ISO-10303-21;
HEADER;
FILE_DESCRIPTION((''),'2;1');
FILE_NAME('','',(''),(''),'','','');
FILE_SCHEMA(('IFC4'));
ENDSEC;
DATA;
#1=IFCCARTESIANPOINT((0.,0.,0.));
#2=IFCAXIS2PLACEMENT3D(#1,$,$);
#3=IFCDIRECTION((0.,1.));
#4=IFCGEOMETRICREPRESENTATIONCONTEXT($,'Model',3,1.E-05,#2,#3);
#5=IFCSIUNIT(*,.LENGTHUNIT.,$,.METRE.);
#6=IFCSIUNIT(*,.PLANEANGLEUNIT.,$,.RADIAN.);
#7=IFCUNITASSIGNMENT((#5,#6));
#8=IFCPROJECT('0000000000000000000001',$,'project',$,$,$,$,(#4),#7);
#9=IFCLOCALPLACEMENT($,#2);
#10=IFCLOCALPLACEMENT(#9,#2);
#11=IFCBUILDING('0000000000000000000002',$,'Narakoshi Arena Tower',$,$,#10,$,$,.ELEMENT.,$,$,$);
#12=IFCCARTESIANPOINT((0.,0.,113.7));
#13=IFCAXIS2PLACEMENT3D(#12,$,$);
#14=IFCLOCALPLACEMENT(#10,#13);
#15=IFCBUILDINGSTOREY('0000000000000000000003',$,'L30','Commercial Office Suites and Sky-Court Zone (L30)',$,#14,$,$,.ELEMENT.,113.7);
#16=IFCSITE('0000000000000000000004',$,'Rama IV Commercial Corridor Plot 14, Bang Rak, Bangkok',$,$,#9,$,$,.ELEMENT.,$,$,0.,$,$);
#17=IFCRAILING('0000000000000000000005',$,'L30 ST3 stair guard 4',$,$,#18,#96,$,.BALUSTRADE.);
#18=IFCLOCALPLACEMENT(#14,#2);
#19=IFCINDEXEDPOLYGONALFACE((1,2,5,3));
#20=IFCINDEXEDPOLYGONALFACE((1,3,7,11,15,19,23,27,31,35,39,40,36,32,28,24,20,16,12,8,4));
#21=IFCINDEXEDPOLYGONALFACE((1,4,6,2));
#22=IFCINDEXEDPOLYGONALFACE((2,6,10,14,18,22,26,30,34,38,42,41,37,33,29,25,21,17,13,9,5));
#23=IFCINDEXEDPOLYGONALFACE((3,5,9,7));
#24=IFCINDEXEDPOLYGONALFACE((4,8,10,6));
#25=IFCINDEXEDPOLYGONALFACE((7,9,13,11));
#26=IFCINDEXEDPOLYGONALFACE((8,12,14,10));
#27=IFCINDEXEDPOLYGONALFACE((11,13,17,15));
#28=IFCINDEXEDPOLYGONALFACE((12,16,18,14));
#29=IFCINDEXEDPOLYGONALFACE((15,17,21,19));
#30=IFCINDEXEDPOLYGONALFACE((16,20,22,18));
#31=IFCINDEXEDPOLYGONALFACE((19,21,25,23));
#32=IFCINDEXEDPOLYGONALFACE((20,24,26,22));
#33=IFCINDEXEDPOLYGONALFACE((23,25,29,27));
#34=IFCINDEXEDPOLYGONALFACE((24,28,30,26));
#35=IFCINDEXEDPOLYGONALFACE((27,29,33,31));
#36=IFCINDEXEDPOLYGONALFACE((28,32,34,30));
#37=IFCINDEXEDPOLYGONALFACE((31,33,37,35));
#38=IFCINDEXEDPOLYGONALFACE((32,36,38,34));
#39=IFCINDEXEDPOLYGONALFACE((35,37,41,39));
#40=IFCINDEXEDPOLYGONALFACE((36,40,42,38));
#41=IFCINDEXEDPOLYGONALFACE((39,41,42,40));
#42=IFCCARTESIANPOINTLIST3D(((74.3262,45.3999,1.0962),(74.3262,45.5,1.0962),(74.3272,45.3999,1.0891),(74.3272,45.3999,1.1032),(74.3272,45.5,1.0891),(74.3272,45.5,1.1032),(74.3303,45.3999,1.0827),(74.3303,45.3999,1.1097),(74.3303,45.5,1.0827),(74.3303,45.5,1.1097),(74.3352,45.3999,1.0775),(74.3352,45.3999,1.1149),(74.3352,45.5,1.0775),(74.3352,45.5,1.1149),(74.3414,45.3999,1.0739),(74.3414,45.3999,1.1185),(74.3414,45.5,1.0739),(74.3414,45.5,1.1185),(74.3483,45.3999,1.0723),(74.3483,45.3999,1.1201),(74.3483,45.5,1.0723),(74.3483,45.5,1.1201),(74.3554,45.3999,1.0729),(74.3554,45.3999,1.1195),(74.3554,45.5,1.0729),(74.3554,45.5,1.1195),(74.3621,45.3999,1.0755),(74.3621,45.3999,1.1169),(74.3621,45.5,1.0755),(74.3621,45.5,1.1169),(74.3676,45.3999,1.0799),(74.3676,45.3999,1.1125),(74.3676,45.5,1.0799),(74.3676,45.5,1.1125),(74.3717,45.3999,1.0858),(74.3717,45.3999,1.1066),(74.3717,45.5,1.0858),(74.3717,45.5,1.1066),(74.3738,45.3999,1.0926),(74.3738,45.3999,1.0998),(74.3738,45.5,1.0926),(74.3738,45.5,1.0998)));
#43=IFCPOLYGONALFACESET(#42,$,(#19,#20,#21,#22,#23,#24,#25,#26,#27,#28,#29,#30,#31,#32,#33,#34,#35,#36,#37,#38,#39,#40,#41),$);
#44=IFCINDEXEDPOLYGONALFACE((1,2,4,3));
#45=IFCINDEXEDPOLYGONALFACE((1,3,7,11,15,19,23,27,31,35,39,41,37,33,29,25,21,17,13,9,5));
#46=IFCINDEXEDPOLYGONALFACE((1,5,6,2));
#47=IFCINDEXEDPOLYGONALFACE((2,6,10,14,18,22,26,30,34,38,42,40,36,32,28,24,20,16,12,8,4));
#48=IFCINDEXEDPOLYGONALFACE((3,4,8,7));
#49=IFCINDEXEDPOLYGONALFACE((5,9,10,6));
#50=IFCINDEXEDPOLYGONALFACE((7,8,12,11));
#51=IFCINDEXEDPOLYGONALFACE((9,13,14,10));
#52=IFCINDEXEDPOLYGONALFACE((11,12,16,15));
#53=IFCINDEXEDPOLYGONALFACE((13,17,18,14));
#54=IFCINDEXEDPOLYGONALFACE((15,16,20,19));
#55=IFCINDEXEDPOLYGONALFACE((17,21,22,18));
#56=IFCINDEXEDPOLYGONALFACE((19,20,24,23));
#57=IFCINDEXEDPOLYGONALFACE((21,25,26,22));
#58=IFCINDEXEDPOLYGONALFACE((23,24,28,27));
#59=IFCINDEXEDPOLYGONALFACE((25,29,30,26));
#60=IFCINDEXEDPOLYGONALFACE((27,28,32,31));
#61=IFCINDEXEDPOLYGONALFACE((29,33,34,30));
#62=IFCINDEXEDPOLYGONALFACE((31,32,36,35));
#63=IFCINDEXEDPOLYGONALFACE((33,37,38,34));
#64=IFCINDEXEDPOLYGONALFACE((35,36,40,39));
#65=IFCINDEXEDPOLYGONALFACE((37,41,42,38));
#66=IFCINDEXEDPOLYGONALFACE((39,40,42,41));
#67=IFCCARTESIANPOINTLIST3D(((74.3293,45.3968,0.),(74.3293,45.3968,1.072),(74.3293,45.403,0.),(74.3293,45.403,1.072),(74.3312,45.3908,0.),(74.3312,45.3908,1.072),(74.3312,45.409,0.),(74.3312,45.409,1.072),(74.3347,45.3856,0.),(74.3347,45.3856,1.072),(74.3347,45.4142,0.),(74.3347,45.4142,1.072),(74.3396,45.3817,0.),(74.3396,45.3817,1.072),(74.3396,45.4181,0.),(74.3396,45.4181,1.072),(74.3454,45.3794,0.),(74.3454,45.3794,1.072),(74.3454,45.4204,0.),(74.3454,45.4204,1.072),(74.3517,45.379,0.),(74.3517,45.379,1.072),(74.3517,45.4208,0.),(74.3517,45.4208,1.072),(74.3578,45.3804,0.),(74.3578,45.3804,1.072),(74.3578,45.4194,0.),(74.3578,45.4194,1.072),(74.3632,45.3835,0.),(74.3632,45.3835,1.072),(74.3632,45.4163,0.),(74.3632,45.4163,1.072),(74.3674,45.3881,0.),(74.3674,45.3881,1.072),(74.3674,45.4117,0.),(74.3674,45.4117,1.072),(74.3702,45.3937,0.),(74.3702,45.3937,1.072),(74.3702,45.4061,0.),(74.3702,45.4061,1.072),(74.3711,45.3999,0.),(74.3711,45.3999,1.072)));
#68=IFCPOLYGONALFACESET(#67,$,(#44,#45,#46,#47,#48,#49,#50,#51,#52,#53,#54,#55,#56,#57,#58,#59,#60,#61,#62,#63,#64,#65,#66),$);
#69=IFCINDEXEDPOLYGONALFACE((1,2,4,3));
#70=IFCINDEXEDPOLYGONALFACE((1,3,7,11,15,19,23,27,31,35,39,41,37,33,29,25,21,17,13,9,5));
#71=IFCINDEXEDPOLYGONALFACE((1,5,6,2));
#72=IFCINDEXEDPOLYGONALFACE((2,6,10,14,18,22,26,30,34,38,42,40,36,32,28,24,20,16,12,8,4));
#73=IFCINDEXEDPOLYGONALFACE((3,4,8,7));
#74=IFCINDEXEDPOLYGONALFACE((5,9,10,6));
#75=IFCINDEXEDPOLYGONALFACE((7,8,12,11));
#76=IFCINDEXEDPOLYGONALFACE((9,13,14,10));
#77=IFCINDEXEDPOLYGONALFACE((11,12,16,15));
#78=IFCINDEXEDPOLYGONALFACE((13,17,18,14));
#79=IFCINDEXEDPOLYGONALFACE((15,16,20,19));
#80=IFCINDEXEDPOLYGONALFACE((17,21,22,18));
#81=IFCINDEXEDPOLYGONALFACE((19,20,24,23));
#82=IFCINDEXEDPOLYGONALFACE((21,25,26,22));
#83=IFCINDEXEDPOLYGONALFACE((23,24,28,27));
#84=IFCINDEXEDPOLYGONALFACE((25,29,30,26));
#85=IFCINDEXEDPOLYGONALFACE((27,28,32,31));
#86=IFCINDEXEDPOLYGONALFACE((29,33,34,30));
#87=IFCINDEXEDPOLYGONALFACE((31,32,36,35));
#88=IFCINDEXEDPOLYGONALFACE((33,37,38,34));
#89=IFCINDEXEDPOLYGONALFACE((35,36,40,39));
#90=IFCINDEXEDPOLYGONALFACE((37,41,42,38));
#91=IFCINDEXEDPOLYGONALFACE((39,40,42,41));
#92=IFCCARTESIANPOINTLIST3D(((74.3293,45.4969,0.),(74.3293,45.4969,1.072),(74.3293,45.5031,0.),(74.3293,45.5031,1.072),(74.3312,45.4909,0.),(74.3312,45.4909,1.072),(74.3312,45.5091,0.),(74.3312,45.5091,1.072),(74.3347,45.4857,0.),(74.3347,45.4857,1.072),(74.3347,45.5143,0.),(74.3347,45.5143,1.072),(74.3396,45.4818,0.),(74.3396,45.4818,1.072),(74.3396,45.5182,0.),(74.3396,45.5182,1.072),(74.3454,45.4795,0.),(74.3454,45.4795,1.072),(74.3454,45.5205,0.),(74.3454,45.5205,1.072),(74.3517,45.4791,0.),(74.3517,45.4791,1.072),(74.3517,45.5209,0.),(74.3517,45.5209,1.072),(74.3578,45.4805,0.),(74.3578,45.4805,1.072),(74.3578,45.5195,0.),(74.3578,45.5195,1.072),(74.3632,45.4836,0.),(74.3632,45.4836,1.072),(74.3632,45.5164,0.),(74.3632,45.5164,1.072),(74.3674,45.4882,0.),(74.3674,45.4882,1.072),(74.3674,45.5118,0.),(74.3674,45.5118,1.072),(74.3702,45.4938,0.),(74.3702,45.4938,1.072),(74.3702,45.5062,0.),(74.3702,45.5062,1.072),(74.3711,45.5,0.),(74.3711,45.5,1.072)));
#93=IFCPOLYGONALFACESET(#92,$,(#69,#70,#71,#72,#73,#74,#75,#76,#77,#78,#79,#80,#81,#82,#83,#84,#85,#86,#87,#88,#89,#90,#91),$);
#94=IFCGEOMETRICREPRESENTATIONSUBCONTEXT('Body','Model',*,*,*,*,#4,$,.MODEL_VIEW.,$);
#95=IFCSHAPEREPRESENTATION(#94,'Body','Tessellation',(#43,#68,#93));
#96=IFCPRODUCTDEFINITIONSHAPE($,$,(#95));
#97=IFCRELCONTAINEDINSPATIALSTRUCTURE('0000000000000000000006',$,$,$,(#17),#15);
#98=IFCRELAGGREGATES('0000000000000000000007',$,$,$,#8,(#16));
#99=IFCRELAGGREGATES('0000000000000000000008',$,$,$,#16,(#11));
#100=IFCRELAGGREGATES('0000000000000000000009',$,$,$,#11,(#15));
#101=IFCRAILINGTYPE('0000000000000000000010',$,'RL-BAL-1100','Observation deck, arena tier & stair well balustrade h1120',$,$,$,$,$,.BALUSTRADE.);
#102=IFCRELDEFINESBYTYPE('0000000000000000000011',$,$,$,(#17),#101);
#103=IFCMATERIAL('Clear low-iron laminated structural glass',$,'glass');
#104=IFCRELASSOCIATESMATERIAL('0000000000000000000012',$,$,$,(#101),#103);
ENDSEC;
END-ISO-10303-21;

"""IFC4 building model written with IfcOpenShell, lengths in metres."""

from ifc_helpers import new_model, si_unit, direction, frame, origin, origin_2d, place, context, subcontext, project, spatial, circle, extrude, material, type_object, element, save


model = new_model("IFC4")

# Units and contexts
model_context = context("Model", 3, precision=1e-05, world=origin(), true_north=direction((0.0, 1.0)))
body_context = subcontext(model_context, "Body", "Model", "MODEL_VIEW")
ifc_project = project(units=[si_unit("LENGTHUNIT", "METRE"), si_unit("PLANEANGLEUNIT", "RADIAN")], contexts=[model_context])

# Site, building, storey
site_placement = place(None, origin())
site = spatial("IfcSite", under=ifc_project, at=site_placement, Name="Rama IV Commercial Corridor Plot 14, Bang Rak, Bangkok", CompositionType="ELEMENT", RefElevation=0.0)
building_placement = place(site_placement, origin())
building = spatial("IfcBuilding", under=site, at=building_placement, Name="Narakoshi Arena Tower", CompositionType="ELEMENT")
storey_placement = place(building_placement, frame((0.0, 0.0, 113.7)))
storey = spatial("IfcBuildingStorey", under=building, at=storey_placement, Name="L30", Description="Commercial Office Suites and Sky-Court Zone (L30)", CompositionType="ELEMENT", Elevation=113.7)

# Railing
ifc_material_1 = material(Name="Clear low-iron laminated structural glass", Category="glass")
railing_type_1 = type_object("IfcRailingType", Name="RL-BAL-1100", Description="Observation deck, arena tier & stair well balustrade h1120", PredefinedType="BALUSTRADE", material=ifc_material_1)
railing_1_placement = place(storey_placement, frame((74.3501, 45.3999, 0.0)))
element("IfcRailing", 1, at=railing_1_placement, inside=storey, type_object=railing_type_1, Name="L30 ST3 stair guard 4", PredefinedType="BALUSTRADE", context=body_context, shape_type="SweptSolid", body=[
    extrude(circle(Radius=0.0239, at=origin_2d()), frame((0.0, 0.0, 1.0962), z_axis=(0.0, 1.0, 0.0), x_axis=(-1.0, 0.0, 0.0)), (0.0, 0.0, 1.0), 0.1001),
    extrude(circle(Radius=0.021, at=origin_2d()), origin(), (0.0, 0.0, 1.0), 1.072),
    extrude(circle(Radius=0.021, at=origin_2d()), frame((0.0, 0.1001, 0.0)), (0.0, 0.0, 1.0), 1.072),
])

save(model, "model.ifc")
